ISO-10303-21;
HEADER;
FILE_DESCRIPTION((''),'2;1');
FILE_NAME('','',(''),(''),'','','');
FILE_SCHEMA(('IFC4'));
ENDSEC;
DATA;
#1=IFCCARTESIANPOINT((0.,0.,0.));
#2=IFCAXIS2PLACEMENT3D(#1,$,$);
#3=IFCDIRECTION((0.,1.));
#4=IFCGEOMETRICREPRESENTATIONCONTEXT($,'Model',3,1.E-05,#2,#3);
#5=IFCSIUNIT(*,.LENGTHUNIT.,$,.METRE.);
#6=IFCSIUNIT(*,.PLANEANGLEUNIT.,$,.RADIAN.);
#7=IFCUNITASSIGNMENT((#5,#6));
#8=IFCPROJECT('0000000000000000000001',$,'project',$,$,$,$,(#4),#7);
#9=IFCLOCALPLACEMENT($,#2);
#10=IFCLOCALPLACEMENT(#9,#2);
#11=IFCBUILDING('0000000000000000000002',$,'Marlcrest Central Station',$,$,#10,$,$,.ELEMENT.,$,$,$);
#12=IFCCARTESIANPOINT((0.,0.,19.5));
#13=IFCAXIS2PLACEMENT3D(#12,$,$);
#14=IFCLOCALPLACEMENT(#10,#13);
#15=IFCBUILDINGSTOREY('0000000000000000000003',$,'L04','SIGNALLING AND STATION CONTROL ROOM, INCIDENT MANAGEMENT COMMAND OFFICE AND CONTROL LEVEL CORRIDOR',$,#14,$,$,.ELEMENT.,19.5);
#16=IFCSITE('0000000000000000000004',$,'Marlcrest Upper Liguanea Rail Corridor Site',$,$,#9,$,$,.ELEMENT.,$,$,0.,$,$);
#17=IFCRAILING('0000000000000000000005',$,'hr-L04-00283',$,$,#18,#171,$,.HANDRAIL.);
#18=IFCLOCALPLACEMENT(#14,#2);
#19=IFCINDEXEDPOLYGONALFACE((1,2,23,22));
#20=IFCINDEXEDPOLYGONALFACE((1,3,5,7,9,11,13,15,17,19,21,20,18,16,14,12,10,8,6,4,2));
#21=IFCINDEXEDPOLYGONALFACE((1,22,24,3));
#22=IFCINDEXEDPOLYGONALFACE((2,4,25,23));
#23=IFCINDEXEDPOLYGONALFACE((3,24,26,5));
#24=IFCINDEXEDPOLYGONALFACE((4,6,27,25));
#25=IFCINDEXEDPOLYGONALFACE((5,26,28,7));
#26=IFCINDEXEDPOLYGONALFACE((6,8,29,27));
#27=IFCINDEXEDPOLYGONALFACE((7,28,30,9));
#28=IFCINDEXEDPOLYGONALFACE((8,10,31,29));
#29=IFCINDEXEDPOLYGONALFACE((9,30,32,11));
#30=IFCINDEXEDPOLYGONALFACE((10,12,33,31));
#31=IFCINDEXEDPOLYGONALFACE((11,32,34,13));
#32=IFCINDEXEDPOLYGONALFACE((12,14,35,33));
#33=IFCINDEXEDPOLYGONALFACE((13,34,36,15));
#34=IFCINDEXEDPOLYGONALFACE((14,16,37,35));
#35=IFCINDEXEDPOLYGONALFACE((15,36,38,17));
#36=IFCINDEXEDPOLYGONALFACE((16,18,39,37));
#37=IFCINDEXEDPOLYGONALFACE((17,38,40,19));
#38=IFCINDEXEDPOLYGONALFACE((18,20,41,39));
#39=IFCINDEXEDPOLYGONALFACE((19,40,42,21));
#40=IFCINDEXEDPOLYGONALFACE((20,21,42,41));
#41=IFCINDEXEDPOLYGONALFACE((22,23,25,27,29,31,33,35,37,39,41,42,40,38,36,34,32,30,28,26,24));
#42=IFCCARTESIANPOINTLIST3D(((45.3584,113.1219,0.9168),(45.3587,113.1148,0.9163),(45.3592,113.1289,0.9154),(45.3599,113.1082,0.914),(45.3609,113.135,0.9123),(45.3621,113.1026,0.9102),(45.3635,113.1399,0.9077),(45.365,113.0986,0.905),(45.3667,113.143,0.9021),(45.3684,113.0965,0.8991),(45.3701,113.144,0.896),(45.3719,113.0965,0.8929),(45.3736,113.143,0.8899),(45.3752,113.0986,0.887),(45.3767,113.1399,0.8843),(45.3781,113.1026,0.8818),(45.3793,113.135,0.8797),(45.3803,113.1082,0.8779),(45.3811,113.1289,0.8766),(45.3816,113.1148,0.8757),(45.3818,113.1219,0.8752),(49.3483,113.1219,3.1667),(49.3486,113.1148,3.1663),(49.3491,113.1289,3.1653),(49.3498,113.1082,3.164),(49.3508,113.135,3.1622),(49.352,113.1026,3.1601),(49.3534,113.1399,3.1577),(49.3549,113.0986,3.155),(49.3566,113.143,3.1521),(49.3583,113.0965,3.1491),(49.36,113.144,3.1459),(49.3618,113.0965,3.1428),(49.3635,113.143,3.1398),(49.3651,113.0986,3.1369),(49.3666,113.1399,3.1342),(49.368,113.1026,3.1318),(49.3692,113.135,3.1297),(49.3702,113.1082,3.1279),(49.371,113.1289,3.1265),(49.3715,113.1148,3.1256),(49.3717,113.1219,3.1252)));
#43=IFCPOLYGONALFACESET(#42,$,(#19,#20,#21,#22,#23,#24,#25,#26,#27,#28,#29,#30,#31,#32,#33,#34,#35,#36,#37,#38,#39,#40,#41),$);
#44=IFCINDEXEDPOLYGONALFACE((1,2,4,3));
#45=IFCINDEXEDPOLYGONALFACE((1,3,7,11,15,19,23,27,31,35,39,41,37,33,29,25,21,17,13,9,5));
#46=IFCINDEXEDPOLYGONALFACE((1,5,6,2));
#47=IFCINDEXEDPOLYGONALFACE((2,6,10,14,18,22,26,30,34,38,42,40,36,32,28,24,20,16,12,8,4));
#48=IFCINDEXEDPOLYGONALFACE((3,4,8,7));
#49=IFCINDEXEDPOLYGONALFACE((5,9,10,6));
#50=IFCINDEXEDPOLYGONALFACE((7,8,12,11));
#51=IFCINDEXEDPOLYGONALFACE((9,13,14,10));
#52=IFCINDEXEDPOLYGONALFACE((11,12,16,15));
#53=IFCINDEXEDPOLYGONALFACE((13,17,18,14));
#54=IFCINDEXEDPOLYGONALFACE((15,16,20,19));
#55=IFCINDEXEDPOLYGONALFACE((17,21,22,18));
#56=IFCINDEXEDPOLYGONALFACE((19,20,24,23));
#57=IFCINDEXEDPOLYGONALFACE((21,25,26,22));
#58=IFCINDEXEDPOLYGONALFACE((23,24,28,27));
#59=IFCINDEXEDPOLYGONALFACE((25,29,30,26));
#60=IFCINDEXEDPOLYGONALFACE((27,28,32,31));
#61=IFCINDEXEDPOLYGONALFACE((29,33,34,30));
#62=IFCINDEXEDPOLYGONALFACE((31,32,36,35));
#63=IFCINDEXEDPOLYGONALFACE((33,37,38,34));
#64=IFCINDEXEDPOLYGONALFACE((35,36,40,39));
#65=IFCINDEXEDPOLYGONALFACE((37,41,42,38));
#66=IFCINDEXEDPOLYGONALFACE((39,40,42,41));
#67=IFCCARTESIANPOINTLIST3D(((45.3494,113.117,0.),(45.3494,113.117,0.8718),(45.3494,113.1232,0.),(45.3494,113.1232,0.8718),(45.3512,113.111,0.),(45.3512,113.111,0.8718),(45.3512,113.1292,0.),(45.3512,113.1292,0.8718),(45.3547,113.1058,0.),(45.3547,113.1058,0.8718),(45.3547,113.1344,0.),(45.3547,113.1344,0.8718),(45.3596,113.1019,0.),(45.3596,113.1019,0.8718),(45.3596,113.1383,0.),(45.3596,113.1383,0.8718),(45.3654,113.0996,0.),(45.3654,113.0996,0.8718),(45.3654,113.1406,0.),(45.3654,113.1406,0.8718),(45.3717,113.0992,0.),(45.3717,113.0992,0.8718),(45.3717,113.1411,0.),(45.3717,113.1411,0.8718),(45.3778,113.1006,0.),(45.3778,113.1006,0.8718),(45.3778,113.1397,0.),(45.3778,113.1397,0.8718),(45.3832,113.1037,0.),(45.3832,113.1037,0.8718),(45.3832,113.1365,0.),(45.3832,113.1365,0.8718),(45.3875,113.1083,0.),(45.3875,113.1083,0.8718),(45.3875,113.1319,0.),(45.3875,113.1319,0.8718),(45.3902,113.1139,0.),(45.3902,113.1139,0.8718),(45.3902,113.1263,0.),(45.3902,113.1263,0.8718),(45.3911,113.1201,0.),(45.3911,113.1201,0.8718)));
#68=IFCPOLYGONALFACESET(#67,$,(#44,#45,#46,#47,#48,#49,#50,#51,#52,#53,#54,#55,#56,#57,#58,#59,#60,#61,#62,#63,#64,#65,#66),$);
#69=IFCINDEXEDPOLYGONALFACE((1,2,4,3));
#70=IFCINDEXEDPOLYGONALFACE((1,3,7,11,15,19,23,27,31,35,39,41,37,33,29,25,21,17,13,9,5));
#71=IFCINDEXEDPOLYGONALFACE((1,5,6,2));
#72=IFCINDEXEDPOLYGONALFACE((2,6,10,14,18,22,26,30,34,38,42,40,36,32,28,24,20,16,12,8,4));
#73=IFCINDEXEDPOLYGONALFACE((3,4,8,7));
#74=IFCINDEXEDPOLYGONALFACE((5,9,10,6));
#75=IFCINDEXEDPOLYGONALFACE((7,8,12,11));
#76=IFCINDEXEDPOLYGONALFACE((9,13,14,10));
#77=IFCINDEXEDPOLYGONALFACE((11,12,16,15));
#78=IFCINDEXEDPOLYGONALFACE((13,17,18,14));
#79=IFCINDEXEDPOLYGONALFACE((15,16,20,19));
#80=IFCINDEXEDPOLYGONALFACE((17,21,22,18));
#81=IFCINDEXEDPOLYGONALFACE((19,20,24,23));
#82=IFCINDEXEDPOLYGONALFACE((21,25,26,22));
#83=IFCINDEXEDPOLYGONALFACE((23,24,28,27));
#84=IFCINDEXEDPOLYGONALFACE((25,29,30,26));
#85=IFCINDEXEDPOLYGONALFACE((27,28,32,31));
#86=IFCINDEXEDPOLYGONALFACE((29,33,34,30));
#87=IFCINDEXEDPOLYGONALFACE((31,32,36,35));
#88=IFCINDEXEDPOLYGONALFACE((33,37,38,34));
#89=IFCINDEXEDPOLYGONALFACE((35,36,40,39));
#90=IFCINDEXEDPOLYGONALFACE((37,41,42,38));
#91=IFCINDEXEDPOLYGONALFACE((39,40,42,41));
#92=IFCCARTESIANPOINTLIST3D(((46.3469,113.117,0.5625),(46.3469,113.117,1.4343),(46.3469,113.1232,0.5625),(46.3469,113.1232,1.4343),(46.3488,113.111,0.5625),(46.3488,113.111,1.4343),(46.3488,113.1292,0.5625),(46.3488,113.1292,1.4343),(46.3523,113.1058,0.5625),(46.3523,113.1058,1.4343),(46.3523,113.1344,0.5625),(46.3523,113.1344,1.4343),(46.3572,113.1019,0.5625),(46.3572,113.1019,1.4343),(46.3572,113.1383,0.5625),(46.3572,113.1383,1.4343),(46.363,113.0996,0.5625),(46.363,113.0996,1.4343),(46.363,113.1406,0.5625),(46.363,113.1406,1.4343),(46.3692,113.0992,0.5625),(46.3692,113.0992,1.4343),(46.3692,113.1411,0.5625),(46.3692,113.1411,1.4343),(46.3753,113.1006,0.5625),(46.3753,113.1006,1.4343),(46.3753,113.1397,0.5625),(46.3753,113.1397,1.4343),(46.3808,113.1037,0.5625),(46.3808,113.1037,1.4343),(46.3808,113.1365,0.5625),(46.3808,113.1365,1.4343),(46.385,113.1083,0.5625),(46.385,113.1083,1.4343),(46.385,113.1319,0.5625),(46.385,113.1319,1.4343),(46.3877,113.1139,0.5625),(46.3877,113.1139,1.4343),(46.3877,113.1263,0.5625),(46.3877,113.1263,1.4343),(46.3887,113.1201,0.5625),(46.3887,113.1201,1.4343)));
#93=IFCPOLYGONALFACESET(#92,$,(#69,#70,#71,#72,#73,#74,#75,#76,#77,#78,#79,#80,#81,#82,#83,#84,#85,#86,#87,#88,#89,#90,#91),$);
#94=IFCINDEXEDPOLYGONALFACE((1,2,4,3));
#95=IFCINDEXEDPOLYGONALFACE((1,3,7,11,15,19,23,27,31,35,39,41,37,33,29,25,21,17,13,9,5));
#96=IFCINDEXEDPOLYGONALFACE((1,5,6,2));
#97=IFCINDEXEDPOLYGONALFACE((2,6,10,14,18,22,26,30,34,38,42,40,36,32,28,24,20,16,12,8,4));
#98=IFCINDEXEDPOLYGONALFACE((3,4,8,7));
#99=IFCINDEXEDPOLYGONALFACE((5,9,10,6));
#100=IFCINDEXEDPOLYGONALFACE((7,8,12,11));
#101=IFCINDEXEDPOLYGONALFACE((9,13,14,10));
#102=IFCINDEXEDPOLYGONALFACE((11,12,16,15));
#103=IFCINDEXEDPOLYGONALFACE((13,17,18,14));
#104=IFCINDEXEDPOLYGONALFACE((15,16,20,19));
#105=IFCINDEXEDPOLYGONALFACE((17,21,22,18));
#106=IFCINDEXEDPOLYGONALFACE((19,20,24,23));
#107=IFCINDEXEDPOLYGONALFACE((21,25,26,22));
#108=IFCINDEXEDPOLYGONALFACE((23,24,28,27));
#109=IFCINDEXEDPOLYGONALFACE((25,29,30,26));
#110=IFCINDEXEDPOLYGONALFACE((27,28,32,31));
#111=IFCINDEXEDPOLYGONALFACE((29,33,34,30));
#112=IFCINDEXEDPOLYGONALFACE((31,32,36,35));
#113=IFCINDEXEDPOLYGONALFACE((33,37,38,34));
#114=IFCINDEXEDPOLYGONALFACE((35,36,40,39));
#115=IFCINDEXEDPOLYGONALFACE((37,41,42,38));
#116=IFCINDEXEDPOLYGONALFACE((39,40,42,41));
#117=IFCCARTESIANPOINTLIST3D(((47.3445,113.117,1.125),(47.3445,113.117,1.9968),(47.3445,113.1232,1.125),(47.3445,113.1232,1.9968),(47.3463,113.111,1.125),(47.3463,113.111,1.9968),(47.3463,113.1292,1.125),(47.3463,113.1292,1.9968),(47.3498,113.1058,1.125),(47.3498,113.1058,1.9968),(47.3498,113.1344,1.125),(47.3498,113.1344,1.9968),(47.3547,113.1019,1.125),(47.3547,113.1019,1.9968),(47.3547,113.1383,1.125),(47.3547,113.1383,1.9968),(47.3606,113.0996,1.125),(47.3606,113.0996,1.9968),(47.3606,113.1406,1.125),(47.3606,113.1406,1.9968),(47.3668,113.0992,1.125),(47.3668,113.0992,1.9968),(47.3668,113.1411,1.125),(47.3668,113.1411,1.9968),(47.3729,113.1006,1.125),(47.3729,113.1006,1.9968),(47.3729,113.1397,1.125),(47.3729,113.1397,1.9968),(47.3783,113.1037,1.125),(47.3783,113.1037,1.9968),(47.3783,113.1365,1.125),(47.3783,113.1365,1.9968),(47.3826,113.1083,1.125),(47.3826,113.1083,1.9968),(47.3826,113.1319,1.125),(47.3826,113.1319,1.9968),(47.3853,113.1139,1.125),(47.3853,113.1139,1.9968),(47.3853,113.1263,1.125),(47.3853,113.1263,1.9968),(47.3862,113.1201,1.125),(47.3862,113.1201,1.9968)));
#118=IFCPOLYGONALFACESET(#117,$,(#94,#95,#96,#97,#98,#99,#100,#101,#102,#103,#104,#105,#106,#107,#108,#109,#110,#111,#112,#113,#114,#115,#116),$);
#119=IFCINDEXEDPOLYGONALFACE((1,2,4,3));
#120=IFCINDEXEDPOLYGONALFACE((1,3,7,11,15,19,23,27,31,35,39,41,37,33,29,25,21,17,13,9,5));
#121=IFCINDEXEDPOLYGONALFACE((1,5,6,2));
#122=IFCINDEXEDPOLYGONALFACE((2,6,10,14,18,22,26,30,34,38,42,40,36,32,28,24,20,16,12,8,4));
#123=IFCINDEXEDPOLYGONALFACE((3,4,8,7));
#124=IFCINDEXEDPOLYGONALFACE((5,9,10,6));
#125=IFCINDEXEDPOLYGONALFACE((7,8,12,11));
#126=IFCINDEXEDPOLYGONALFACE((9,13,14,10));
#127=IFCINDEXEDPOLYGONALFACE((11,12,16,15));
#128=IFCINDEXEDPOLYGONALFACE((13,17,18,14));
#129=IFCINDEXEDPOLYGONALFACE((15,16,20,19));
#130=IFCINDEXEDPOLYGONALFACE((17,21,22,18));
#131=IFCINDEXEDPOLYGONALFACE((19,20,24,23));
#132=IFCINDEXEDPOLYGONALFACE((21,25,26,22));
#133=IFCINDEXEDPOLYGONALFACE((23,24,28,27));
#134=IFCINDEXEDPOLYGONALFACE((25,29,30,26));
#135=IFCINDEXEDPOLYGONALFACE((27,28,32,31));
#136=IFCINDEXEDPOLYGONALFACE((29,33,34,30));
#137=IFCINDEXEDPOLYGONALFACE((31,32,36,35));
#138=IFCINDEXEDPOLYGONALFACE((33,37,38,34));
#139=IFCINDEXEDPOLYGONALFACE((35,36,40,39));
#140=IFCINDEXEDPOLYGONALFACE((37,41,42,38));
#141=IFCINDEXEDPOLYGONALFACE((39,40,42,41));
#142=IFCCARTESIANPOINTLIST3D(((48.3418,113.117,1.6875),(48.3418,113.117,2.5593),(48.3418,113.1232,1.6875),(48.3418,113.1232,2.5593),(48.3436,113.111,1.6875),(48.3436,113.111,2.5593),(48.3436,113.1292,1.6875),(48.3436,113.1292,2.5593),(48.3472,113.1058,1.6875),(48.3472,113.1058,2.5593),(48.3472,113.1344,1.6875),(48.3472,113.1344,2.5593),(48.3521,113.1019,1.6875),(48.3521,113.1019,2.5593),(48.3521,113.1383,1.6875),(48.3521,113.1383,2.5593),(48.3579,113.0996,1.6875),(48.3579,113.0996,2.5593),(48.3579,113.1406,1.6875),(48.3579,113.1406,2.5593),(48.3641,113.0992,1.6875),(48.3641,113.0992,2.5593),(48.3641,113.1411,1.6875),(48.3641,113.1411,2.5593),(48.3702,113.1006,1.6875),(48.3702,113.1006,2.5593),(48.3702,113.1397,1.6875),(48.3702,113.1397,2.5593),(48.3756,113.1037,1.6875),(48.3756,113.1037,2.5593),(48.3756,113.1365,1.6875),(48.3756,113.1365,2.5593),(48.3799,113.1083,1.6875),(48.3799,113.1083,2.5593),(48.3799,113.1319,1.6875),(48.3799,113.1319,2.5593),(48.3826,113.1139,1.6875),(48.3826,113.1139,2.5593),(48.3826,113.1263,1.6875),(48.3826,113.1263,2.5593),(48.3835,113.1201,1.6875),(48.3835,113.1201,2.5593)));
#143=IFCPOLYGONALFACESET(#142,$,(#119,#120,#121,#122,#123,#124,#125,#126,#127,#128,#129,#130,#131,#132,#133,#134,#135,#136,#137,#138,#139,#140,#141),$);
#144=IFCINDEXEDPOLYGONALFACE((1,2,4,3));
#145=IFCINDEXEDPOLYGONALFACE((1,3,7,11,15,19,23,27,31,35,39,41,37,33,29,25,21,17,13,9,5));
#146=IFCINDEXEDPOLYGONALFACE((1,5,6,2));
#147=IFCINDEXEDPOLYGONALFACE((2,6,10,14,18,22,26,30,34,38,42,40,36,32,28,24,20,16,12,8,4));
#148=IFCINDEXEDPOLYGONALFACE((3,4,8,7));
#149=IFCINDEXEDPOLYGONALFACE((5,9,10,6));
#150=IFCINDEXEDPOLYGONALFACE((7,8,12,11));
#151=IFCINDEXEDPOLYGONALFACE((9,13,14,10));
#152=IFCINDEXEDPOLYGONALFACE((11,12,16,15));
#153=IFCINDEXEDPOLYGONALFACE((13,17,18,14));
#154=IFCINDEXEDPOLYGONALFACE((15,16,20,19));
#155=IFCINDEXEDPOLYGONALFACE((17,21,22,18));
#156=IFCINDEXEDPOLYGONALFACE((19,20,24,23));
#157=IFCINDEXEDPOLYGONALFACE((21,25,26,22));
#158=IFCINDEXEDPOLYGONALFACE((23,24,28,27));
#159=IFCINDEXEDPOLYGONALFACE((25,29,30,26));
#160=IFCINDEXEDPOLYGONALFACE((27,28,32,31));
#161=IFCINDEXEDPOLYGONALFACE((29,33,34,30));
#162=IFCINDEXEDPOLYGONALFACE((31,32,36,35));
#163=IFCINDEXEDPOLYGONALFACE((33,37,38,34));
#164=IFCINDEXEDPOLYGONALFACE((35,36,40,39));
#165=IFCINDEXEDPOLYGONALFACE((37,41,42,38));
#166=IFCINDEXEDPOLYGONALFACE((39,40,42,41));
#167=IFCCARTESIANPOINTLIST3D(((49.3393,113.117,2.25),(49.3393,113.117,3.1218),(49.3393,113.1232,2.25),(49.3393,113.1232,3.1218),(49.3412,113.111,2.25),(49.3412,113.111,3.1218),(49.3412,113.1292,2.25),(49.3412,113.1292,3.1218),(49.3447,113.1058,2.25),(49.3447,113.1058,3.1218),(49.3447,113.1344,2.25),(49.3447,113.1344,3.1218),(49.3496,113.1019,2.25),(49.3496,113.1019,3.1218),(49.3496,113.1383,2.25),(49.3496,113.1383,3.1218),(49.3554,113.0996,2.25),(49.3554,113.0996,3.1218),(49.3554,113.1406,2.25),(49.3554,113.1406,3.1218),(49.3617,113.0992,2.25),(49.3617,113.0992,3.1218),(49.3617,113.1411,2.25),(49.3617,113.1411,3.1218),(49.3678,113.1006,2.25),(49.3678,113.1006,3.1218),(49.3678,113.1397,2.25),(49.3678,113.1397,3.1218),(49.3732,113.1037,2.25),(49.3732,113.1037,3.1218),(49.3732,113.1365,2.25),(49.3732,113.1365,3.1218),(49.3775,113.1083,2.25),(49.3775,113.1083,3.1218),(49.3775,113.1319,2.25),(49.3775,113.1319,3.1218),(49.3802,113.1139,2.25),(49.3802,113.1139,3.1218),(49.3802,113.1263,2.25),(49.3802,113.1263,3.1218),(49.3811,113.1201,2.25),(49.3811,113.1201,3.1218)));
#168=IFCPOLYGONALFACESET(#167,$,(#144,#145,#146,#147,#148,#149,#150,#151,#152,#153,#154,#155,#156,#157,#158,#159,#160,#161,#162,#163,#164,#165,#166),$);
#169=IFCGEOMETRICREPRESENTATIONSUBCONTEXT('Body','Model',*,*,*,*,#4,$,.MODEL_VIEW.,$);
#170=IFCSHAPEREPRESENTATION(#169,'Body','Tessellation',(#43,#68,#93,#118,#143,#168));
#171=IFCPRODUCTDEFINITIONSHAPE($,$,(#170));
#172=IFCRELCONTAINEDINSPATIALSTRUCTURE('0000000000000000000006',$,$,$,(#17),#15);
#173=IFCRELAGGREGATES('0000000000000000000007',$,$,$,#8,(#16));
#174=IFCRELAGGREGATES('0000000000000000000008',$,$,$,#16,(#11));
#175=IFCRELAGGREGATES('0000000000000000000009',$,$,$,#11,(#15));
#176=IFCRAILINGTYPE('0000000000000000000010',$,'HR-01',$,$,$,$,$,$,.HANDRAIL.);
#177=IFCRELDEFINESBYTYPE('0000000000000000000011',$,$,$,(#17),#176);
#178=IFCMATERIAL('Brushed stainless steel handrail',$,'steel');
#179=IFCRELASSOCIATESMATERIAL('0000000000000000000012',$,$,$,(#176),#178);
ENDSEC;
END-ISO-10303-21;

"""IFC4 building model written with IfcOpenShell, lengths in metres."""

from ifc_helpers import new_model, si_unit, direction, frame, origin, origin_2d, place, context, subcontext, project, spatial, circle, extrude, material, type_object, element, save


model = new_model("IFC4")

# Units and contexts
model_context = context("Model", 3, precision=1e-05, world=origin(), true_north=direction((0.0, 1.0)))
body_context = subcontext(model_context, "Body", "Model", "MODEL_VIEW")
ifc_project = project(units=[si_unit("LENGTHUNIT", "METRE"), si_unit("PLANEANGLEUNIT", "RADIAN")], contexts=[model_context])

# Site, building, storey
site_placement = place(None, origin())
site = spatial("IfcSite", under=ifc_project, at=site_placement, Name="Marlcrest Upper Liguanea Rail Corridor Site", CompositionType="ELEMENT", RefElevation=0.0)
building_placement = place(site_placement, origin())
building = spatial("IfcBuilding", under=site, at=building_placement, Name="Marlcrest Central Station", CompositionType="ELEMENT")
storey_placement = place(building_placement, frame((0.0, 0.0, 19.5)))
storey = spatial("IfcBuildingStorey", under=building, at=storey_placement, Name="L04", Description="SIGNALLING AND STATION CONTROL ROOM, INCIDENT MANAGEMENT COMMAND OFFICE AND CONTROL LEVEL CORRIDOR", CompositionType="ELEMENT", Elevation=19.5)

# Railing
ifc_material_1 = material(Name="Brushed stainless steel handrail", Category="steel")
railing_type_1 = type_object("IfcRailingType", Name="HR-01", PredefinedType="HANDRAIL", material=ifc_material_1)
railing_1_placement = place(storey_placement, frame((45.3701, 113.1201, 0.0)))
element("IfcRailing", 1, at=railing_1_placement, inside=storey, type_object=railing_type_1, Name="hr-L04-00283", PredefinedType="HANDRAIL", context=body_context, shape_type="SweptSolid", body=[
    extrude(circle(Radius=0.0239, at=origin_2d()), frame((0.0, 0.0, 0.896), z_axis=(0.87105, 0.0, 0.491195), x_axis=(0.0, 1.0, 0.0)), (0.0, 0.0, 1.0), 4.5806),
    extrude(circle(Radius=0.021, at=origin_2d()), origin(), (0.0, 0.0, 1.0), 0.8718),
    extrude(circle(Radius=0.021, at=origin_2d()), frame((0.9976, 0.0, 0.5625)), (0.0, 0.0, 1.0), 0.8718),
    extrude(circle(Radius=0.021, at=origin_2d()), frame((1.9951, 0.0, 1.125)), (0.0, 0.0, 1.0), 0.8718),
    extrude(circle(Radius=0.021, at=origin_2d()), frame((2.9924, 0.0, 1.6875)), (0.0, 0.0, 1.0), 0.8718),
    extrude(circle(Radius=0.021, at=origin_2d()), frame((3.99, 0.0, 2.25)), (0.0, 0.0, 1.0), 0.8718),
])

save(model, "model.ifc")
